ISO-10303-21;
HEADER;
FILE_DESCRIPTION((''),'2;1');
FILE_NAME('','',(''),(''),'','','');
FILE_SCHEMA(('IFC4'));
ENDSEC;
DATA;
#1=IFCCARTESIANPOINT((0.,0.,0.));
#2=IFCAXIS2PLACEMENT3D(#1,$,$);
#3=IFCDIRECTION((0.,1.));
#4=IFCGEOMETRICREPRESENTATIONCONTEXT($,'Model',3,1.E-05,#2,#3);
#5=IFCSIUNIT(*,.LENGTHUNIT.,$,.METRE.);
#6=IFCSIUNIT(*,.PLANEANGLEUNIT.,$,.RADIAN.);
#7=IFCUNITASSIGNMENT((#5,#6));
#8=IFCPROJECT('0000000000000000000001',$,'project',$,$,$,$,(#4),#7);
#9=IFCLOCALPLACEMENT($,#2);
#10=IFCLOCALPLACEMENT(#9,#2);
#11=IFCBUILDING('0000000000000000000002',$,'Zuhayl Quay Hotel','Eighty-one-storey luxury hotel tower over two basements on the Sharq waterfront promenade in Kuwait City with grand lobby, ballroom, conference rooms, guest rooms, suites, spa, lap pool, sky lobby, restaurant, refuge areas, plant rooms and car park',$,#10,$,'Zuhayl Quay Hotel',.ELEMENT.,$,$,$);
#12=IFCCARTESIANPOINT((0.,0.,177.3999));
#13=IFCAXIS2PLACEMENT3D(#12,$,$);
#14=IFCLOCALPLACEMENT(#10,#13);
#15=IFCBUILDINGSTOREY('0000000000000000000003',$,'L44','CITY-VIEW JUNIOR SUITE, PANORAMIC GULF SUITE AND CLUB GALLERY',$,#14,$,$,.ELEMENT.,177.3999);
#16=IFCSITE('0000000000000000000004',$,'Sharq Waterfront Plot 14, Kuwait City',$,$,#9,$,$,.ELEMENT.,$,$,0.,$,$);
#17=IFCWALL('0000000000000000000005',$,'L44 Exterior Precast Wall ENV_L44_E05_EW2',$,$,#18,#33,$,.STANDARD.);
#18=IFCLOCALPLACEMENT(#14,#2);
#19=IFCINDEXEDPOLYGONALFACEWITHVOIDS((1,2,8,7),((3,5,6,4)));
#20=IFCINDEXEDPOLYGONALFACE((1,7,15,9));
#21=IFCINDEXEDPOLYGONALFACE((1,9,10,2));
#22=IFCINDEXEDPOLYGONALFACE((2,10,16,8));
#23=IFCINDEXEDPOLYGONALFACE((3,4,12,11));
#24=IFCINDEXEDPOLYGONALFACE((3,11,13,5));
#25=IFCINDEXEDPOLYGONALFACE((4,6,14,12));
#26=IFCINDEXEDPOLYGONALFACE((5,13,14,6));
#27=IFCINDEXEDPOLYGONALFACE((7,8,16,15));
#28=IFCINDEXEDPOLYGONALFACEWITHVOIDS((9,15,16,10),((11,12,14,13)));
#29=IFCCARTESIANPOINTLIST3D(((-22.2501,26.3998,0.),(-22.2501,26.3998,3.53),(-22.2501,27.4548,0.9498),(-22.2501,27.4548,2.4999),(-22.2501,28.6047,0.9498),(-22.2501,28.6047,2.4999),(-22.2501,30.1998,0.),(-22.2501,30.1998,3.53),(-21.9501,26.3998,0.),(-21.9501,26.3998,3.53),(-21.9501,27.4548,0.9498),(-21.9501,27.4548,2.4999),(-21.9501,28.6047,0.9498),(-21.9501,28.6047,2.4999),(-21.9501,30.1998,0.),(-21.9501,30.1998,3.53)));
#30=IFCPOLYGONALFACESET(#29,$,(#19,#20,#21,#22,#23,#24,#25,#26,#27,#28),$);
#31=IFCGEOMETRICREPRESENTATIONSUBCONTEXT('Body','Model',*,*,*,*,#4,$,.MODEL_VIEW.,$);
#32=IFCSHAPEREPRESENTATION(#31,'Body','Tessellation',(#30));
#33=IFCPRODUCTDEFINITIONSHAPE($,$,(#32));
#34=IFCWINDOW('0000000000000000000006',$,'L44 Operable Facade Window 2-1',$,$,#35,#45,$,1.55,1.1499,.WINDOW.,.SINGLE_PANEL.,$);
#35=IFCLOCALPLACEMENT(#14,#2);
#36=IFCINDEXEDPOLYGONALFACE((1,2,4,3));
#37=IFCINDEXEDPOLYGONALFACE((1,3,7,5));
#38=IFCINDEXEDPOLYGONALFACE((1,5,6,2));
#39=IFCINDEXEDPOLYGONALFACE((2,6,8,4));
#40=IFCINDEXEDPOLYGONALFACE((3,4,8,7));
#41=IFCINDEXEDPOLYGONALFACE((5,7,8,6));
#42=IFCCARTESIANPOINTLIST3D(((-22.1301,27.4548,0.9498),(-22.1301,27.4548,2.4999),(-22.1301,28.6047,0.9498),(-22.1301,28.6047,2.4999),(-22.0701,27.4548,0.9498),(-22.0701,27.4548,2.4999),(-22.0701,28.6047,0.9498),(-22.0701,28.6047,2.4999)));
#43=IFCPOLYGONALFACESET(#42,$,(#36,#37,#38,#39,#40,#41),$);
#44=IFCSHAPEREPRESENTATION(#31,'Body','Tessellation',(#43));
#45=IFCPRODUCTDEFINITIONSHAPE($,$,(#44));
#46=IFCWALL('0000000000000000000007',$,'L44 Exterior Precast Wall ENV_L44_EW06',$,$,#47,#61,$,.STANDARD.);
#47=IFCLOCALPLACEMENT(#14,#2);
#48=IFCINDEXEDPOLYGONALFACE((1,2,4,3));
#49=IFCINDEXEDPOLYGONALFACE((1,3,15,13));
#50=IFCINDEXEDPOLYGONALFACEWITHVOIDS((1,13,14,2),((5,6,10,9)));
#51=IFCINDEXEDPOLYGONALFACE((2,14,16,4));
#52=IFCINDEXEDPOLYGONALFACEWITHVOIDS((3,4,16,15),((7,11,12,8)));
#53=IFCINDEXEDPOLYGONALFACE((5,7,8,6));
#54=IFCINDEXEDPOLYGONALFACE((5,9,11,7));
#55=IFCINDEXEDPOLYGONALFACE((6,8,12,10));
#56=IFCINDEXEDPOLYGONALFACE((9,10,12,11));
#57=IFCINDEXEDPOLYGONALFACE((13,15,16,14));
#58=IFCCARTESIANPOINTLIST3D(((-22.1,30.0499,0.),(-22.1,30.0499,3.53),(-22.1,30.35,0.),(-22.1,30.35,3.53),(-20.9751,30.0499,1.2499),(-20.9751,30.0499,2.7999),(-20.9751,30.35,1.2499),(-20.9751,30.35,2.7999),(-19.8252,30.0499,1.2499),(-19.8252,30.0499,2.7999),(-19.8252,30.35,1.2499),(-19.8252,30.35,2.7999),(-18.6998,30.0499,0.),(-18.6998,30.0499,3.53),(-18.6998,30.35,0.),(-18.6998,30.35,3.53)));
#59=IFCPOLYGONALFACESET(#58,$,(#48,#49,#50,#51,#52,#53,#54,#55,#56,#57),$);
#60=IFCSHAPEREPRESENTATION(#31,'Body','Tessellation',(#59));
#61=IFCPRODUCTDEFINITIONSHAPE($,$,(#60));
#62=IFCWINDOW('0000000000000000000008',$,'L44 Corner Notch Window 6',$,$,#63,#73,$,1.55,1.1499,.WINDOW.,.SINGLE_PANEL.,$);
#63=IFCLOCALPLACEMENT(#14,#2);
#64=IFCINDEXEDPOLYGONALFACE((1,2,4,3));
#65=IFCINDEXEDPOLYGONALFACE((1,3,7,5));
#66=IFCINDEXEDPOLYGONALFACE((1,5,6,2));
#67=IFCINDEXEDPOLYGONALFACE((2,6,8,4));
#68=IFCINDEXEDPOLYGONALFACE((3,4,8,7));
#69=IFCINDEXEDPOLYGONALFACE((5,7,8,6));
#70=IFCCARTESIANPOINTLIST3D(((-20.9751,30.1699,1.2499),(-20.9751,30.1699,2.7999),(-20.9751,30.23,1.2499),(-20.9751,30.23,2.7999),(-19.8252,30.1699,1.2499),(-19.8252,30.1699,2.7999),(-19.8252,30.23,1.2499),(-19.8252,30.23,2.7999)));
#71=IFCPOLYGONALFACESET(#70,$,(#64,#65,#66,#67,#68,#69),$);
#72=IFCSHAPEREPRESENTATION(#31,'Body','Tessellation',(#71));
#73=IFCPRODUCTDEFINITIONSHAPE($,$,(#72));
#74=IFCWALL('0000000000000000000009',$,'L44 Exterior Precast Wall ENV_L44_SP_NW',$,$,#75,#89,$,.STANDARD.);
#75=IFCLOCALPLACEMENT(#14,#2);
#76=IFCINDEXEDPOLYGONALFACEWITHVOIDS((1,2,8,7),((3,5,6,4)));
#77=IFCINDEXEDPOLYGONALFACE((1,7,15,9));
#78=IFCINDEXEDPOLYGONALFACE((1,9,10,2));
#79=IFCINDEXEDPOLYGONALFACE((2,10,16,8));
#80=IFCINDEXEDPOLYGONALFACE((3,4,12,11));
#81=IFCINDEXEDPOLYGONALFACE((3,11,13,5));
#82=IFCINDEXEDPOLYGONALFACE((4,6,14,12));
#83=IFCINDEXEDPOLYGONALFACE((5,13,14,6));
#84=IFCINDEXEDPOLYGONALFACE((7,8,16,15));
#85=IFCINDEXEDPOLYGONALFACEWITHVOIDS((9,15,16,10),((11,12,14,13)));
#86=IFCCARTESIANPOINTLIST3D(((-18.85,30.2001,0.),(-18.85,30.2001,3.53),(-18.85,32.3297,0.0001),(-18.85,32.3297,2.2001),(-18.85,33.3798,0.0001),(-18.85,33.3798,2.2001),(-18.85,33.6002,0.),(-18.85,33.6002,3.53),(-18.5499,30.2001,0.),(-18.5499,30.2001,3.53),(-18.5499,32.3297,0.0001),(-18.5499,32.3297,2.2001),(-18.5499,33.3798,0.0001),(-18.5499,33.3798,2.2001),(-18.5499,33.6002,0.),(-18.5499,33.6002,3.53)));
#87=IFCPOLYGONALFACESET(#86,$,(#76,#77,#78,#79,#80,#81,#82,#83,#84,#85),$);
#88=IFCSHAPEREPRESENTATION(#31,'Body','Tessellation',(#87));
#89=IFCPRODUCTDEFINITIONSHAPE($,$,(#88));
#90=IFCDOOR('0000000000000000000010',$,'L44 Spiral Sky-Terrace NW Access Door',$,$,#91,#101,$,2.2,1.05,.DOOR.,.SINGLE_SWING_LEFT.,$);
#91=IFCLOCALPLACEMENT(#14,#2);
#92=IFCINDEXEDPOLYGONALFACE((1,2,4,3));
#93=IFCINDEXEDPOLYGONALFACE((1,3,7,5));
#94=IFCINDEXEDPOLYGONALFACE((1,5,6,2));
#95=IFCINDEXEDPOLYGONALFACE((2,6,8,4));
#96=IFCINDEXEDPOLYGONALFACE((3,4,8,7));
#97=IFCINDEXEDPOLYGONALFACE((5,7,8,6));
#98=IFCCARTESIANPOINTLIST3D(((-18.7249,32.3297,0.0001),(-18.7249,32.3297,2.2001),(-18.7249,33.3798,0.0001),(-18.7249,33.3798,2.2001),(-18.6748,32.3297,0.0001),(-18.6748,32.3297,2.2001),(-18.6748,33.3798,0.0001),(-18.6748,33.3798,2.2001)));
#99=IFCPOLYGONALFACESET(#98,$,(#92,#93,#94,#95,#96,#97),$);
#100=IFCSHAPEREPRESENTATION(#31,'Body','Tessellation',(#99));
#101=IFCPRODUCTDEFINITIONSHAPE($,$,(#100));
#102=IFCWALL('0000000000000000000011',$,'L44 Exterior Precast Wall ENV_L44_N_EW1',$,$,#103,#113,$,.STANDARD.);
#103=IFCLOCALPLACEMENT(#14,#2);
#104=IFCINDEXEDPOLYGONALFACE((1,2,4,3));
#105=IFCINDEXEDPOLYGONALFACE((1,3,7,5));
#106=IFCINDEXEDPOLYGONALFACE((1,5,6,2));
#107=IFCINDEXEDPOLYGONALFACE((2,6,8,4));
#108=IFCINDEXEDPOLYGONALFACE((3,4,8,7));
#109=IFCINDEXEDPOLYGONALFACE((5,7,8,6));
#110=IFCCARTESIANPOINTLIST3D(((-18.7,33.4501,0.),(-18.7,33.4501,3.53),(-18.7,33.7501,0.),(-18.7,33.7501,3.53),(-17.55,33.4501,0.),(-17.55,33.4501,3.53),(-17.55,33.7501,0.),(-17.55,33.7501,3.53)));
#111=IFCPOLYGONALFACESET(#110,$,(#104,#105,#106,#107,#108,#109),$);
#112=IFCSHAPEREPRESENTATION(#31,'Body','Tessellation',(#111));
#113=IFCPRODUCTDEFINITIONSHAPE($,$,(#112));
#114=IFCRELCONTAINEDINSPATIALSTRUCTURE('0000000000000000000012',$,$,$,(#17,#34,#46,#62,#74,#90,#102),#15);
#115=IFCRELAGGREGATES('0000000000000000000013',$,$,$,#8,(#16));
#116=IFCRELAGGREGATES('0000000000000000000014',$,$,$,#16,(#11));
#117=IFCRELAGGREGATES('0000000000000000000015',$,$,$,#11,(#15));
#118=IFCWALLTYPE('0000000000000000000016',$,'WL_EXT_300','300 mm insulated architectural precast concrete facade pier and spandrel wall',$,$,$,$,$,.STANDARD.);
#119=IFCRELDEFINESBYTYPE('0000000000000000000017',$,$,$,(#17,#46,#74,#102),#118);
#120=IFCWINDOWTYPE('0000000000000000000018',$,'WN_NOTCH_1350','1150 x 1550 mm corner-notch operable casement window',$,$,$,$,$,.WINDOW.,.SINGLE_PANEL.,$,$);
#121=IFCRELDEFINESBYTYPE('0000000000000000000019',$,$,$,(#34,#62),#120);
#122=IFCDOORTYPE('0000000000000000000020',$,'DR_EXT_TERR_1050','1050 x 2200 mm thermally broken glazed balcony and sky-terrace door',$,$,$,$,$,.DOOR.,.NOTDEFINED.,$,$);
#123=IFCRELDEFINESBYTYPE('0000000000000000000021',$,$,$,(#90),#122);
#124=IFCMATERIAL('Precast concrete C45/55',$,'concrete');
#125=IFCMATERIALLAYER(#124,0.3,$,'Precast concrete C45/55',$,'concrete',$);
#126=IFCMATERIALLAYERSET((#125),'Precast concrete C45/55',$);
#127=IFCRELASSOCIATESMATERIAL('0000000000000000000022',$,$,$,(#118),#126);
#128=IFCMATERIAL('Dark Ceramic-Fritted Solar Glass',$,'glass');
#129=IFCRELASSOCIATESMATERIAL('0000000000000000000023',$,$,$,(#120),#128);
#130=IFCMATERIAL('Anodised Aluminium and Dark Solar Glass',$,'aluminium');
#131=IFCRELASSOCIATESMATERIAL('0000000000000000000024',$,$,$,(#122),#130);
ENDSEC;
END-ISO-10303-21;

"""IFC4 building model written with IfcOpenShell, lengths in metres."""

from ifc_helpers import new_model, si_unit, direction, frame, frame_2d, origin, place, context, subcontext, project, spatial, rectangle, extrude, material, layer, layer_set, type_object, element, fill, save


model = new_model("IFC4")

# Units and contexts
model_context = context("Model", 3, precision=1e-05, world=origin(), true_north=direction((0.0, 1.0)))
body_context = subcontext(model_context, "Body", "Model", "MODEL_VIEW")
ifc_project = project(units=[si_unit("LENGTHUNIT", "METRE"), si_unit("PLANEANGLEUNIT", "RADIAN")], contexts=[model_context])

# Site, building, storey
site_placement = place(None, origin())
site = spatial("IfcSite", under=ifc_project, at=site_placement, Name="Sharq Waterfront Plot 14, Kuwait City", CompositionType="ELEMENT", RefElevation=0.0)
building_placement = place(site_placement, origin())
building = spatial("IfcBuilding", under=site, at=building_placement, Name="Zuhayl Quay Hotel", Description="Eighty-one-storey luxury hotel tower over two basements on the Sharq waterfront promenade in Kuwait City with grand lobby, ballroom, conference rooms, guest rooms, suites, spa, lap pool, sky lobby, restaurant, refuge areas, plant rooms and car park", LongName="Zuhayl Quay Hotel", CompositionType="ELEMENT")
storey_placement = place(building_placement, frame((0.0, 0.0, 177.3999)))
storey = spatial("IfcBuildingStorey", under=building, at=storey_placement, Name="L44", Description="CITY-VIEW JUNIOR SUITE, PANORAMIC GULF SUITE AND CLUB GALLERY", CompositionType="ELEMENT", Elevation=177.3999)

# Shared definitions
ifc_material_1 = material(Name="Dark Ceramic-Fritted Solar Glass", Category="glass")

# Walls, openings, windows
ifc_material_2 = material(Name="Precast concrete C45/55", Category="concrete")
ifc_layer_1 = layer(ifc_material_2, 0.3, Name="Precast concrete C45/55", Category="concrete")
ifc_layer_set_1 = layer_set([ifc_layer_1], Name="Precast concrete C45/55")
wall_type_1 = type_object("IfcWallType", Name="WL_EXT_300", Description="300 mm insulated architectural precast concrete facade pier and spandrel wall", PredefinedType="STANDARD", material=ifc_layer_set_1)
wall_1_placement = place(storey_placement, frame((-22.1001, 26.3999, 0.0), z_axis=(0.0, 0.0, 1.0), x_axis=(0.0, 1.0, 0.0)))
wall_1 = element("IfcWall", 1, at=wall_1_placement, inside=storey, type_object=wall_type_1, Name="L44 Exterior Precast Wall ENV_L44_E05_EW2", PredefinedType="STANDARD", context=body_context, shape_type="SweptSolid", body=[
    extrude(rectangle(XDim=3.8, YDim=0.3, at=frame_2d((1.8999, 0.0))), origin(), (0.0, 0.0, 1.0), 3.53),
])
opening_1_placement = place(wall_1_placement, frame((1.0549, 0.0, 0.95)))
opening_1 = element("IfcOpeningElement", 2, at=opening_1_placement, cuts=wall_1, PredefinedType="OPENING", context=body_context, shape_type="SweptSolid", body=[
    extrude(rectangle(XDim=1.1499, YDim=1.55, at=frame_2d((0.575, 0.7749))), frame((0.0, 0.1599, 0.0), z_axis=(0.0, -1.0, 0.0), x_axis=(1.0, 0.0, 0.0)), (0.0, 0.0, 1.0), 0.3201),
])
window_type_1 = type_object("IfcWindowType", Name="WN_NOTCH_1350", Description="1150 x 1550 mm corner-notch operable casement window", PartitioningType="SINGLE_PANEL", PredefinedType="WINDOW", material=ifc_material_1)
window_1_placement = place(opening_1_placement, origin())
window_1 = element("IfcWindow", 3, at=window_1_placement, inside=storey, type_object=window_type_1, Name="L44 Operable Facade Window 2-1", OverallHeight=1.55, OverallWidth=1.1499, PartitioningType="SINGLE_PANEL", PredefinedType="WINDOW", context=body_context, shape_type="SweptSolid", body=[
    extrude(rectangle(XDim=1.1499, YDim=1.55, at=frame_2d((0.575, 0.7749))), frame((0.0, 0.03, 0.0), z_axis=(0.0, -1.0, 0.0), x_axis=(1.0, 0.0, 0.0)), (0.0, 0.0, 1.0), 0.0601),
])
fill(opening_1, window_1)
wall_2_placement = place(storey_placement, frame((-22.1001, 30.2, 0.0), z_axis=(0.0, 0.0, 1.0), x_axis=(1.0, 0.0, 0.0)))
wall_2 = element("IfcWall", 4, at=wall_2_placement, inside=storey, type_object=wall_type_1, Name="L44 Exterior Precast Wall ENV_L44_EW06", PredefinedType="STANDARD", context=body_context, shape_type="SweptSolid", body=[
    extrude(rectangle(XDim=3.4001, YDim=0.3, at=frame_2d((1.7002, 0.0))), origin(), (0.0, 0.0, 1.0), 3.53),
])
opening_2_placement = place(wall_2_placement, frame((1.125, 0.0, 1.25)))
opening_2 = element("IfcOpeningElement", 5, at=opening_2_placement, cuts=wall_2, PredefinedType="OPENING", context=body_context, shape_type="SweptSolid", body=[
    extrude(rectangle(XDim=1.1499, YDim=1.55, at=frame_2d((0.575, 0.7749))), frame((0.0, 0.1599, 0.0), z_axis=(0.0, -1.0, 0.0), x_axis=(1.0, 0.0, 0.0)), (0.0, 0.0, 1.0), 0.3201),
])
window_2_placement = place(opening_2_placement, origin())
window_2 = element("IfcWindow", 6, at=window_2_placement, inside=storey, type_object=window_type_1, Name="L44 Corner Notch Window 6", OverallHeight=1.55, OverallWidth=1.1499, PartitioningType="SINGLE_PANEL", PredefinedType="WINDOW", context=body_context, shape_type="SweptSolid", body=[
    extrude(rectangle(XDim=1.1499, YDim=1.55, at=frame_2d((0.575, 0.7749))), frame((0.0, 0.03, 0.0), z_axis=(0.0, -1.0, 0.0), x_axis=(1.0, 0.0, 0.0)), (0.0, 0.0, 1.0), 0.0601),
])
fill(opening_2, window_2)

# Wall, opening, door
wall_3_placement = place(storey_placement, frame((-18.7, 30.2, 0.0), z_axis=(0.0, 0.0, 1.0), x_axis=(0.0, 1.0, 0.0)))
wall_3 = element("IfcWall", 7, at=wall_3_placement, inside=storey, type_object=wall_type_1, Name="L44 Exterior Precast Wall ENV_L44_SP_NW", PredefinedType="STANDARD", context=body_context, shape_type="SweptSolid", body=[
    extrude(rectangle(XDim=3.4001, YDim=0.3, at=frame_2d((1.7002, 0.0))), origin(), (0.0, 0.0, 1.0), 3.53),
])
opening_3_placement = place(wall_3_placement, frame((2.1299, 0.0, 0.0)))
opening_3 = element("IfcOpeningElement", 8, at=opening_3_placement, cuts=wall_3, PredefinedType="OPENING", context=body_context, shape_type="SweptSolid", body=[
    extrude(rectangle(XDim=1.05, YDim=2.2, at=frame_2d((0.5249, 1.1001))), frame((0.0, 0.1599, 0.0), z_axis=(0.0, -1.0, 0.0), x_axis=(1.0, 0.0, 0.0)), (0.0, 0.0, 1.0), 0.3201),
])
ifc_material_3 = material(Name="Anodised Aluminium and Dark Solar Glass", Category="aluminium")
door_type_1 = type_object("IfcDoorType", Name="DR_EXT_TERR_1050", Description="1050 x 2200 mm thermally broken glazed balcony and sky-terrace door", OperationType="NOTDEFINED", PredefinedType="DOOR", material=ifc_material_3)
door_1_placement = place(opening_3_placement, origin())
door_1 = element("IfcDoor", 9, at=door_1_placement, inside=storey, type_object=door_type_1, Name="L44 Spiral Sky-Terrace NW Access Door", OperationType="SINGLE_SWING_LEFT", OverallHeight=2.2, OverallWidth=1.05, PredefinedType="DOOR", context=body_context, shape_type="SweptSolid", body=[
    extrude(rectangle(XDim=1.05, YDim=2.2, at=frame_2d((0.5249, 1.1001))), frame((0.0, 0.0249, 0.0), z_axis=(0.0, -1.0, 0.0), x_axis=(1.0, 0.0, 0.0)), (0.0, 0.0, 1.0), 0.05),
])
fill(opening_3, door_1)

# Wall
wall_4_placement = place(storey_placement, frame((-18.7, 33.6001, 0.0), z_axis=(0.0, 0.0, 1.0), x_axis=(1.0, 0.0, 0.0)))
element("IfcWall", 10, at=wall_4_placement, inside=storey, type_object=wall_type_1, Name="L44 Exterior Precast Wall ENV_L44_N_EW1", PredefinedType="STANDARD", context=body_context, shape_type="SweptSolid", body=[
    extrude(rectangle(XDim=1.1499, YDim=0.3, at=frame_2d((0.575, 0.0))), origin(), (0.0, 0.0, 1.0), 3.53),
])

save(model, "model.ifc")
